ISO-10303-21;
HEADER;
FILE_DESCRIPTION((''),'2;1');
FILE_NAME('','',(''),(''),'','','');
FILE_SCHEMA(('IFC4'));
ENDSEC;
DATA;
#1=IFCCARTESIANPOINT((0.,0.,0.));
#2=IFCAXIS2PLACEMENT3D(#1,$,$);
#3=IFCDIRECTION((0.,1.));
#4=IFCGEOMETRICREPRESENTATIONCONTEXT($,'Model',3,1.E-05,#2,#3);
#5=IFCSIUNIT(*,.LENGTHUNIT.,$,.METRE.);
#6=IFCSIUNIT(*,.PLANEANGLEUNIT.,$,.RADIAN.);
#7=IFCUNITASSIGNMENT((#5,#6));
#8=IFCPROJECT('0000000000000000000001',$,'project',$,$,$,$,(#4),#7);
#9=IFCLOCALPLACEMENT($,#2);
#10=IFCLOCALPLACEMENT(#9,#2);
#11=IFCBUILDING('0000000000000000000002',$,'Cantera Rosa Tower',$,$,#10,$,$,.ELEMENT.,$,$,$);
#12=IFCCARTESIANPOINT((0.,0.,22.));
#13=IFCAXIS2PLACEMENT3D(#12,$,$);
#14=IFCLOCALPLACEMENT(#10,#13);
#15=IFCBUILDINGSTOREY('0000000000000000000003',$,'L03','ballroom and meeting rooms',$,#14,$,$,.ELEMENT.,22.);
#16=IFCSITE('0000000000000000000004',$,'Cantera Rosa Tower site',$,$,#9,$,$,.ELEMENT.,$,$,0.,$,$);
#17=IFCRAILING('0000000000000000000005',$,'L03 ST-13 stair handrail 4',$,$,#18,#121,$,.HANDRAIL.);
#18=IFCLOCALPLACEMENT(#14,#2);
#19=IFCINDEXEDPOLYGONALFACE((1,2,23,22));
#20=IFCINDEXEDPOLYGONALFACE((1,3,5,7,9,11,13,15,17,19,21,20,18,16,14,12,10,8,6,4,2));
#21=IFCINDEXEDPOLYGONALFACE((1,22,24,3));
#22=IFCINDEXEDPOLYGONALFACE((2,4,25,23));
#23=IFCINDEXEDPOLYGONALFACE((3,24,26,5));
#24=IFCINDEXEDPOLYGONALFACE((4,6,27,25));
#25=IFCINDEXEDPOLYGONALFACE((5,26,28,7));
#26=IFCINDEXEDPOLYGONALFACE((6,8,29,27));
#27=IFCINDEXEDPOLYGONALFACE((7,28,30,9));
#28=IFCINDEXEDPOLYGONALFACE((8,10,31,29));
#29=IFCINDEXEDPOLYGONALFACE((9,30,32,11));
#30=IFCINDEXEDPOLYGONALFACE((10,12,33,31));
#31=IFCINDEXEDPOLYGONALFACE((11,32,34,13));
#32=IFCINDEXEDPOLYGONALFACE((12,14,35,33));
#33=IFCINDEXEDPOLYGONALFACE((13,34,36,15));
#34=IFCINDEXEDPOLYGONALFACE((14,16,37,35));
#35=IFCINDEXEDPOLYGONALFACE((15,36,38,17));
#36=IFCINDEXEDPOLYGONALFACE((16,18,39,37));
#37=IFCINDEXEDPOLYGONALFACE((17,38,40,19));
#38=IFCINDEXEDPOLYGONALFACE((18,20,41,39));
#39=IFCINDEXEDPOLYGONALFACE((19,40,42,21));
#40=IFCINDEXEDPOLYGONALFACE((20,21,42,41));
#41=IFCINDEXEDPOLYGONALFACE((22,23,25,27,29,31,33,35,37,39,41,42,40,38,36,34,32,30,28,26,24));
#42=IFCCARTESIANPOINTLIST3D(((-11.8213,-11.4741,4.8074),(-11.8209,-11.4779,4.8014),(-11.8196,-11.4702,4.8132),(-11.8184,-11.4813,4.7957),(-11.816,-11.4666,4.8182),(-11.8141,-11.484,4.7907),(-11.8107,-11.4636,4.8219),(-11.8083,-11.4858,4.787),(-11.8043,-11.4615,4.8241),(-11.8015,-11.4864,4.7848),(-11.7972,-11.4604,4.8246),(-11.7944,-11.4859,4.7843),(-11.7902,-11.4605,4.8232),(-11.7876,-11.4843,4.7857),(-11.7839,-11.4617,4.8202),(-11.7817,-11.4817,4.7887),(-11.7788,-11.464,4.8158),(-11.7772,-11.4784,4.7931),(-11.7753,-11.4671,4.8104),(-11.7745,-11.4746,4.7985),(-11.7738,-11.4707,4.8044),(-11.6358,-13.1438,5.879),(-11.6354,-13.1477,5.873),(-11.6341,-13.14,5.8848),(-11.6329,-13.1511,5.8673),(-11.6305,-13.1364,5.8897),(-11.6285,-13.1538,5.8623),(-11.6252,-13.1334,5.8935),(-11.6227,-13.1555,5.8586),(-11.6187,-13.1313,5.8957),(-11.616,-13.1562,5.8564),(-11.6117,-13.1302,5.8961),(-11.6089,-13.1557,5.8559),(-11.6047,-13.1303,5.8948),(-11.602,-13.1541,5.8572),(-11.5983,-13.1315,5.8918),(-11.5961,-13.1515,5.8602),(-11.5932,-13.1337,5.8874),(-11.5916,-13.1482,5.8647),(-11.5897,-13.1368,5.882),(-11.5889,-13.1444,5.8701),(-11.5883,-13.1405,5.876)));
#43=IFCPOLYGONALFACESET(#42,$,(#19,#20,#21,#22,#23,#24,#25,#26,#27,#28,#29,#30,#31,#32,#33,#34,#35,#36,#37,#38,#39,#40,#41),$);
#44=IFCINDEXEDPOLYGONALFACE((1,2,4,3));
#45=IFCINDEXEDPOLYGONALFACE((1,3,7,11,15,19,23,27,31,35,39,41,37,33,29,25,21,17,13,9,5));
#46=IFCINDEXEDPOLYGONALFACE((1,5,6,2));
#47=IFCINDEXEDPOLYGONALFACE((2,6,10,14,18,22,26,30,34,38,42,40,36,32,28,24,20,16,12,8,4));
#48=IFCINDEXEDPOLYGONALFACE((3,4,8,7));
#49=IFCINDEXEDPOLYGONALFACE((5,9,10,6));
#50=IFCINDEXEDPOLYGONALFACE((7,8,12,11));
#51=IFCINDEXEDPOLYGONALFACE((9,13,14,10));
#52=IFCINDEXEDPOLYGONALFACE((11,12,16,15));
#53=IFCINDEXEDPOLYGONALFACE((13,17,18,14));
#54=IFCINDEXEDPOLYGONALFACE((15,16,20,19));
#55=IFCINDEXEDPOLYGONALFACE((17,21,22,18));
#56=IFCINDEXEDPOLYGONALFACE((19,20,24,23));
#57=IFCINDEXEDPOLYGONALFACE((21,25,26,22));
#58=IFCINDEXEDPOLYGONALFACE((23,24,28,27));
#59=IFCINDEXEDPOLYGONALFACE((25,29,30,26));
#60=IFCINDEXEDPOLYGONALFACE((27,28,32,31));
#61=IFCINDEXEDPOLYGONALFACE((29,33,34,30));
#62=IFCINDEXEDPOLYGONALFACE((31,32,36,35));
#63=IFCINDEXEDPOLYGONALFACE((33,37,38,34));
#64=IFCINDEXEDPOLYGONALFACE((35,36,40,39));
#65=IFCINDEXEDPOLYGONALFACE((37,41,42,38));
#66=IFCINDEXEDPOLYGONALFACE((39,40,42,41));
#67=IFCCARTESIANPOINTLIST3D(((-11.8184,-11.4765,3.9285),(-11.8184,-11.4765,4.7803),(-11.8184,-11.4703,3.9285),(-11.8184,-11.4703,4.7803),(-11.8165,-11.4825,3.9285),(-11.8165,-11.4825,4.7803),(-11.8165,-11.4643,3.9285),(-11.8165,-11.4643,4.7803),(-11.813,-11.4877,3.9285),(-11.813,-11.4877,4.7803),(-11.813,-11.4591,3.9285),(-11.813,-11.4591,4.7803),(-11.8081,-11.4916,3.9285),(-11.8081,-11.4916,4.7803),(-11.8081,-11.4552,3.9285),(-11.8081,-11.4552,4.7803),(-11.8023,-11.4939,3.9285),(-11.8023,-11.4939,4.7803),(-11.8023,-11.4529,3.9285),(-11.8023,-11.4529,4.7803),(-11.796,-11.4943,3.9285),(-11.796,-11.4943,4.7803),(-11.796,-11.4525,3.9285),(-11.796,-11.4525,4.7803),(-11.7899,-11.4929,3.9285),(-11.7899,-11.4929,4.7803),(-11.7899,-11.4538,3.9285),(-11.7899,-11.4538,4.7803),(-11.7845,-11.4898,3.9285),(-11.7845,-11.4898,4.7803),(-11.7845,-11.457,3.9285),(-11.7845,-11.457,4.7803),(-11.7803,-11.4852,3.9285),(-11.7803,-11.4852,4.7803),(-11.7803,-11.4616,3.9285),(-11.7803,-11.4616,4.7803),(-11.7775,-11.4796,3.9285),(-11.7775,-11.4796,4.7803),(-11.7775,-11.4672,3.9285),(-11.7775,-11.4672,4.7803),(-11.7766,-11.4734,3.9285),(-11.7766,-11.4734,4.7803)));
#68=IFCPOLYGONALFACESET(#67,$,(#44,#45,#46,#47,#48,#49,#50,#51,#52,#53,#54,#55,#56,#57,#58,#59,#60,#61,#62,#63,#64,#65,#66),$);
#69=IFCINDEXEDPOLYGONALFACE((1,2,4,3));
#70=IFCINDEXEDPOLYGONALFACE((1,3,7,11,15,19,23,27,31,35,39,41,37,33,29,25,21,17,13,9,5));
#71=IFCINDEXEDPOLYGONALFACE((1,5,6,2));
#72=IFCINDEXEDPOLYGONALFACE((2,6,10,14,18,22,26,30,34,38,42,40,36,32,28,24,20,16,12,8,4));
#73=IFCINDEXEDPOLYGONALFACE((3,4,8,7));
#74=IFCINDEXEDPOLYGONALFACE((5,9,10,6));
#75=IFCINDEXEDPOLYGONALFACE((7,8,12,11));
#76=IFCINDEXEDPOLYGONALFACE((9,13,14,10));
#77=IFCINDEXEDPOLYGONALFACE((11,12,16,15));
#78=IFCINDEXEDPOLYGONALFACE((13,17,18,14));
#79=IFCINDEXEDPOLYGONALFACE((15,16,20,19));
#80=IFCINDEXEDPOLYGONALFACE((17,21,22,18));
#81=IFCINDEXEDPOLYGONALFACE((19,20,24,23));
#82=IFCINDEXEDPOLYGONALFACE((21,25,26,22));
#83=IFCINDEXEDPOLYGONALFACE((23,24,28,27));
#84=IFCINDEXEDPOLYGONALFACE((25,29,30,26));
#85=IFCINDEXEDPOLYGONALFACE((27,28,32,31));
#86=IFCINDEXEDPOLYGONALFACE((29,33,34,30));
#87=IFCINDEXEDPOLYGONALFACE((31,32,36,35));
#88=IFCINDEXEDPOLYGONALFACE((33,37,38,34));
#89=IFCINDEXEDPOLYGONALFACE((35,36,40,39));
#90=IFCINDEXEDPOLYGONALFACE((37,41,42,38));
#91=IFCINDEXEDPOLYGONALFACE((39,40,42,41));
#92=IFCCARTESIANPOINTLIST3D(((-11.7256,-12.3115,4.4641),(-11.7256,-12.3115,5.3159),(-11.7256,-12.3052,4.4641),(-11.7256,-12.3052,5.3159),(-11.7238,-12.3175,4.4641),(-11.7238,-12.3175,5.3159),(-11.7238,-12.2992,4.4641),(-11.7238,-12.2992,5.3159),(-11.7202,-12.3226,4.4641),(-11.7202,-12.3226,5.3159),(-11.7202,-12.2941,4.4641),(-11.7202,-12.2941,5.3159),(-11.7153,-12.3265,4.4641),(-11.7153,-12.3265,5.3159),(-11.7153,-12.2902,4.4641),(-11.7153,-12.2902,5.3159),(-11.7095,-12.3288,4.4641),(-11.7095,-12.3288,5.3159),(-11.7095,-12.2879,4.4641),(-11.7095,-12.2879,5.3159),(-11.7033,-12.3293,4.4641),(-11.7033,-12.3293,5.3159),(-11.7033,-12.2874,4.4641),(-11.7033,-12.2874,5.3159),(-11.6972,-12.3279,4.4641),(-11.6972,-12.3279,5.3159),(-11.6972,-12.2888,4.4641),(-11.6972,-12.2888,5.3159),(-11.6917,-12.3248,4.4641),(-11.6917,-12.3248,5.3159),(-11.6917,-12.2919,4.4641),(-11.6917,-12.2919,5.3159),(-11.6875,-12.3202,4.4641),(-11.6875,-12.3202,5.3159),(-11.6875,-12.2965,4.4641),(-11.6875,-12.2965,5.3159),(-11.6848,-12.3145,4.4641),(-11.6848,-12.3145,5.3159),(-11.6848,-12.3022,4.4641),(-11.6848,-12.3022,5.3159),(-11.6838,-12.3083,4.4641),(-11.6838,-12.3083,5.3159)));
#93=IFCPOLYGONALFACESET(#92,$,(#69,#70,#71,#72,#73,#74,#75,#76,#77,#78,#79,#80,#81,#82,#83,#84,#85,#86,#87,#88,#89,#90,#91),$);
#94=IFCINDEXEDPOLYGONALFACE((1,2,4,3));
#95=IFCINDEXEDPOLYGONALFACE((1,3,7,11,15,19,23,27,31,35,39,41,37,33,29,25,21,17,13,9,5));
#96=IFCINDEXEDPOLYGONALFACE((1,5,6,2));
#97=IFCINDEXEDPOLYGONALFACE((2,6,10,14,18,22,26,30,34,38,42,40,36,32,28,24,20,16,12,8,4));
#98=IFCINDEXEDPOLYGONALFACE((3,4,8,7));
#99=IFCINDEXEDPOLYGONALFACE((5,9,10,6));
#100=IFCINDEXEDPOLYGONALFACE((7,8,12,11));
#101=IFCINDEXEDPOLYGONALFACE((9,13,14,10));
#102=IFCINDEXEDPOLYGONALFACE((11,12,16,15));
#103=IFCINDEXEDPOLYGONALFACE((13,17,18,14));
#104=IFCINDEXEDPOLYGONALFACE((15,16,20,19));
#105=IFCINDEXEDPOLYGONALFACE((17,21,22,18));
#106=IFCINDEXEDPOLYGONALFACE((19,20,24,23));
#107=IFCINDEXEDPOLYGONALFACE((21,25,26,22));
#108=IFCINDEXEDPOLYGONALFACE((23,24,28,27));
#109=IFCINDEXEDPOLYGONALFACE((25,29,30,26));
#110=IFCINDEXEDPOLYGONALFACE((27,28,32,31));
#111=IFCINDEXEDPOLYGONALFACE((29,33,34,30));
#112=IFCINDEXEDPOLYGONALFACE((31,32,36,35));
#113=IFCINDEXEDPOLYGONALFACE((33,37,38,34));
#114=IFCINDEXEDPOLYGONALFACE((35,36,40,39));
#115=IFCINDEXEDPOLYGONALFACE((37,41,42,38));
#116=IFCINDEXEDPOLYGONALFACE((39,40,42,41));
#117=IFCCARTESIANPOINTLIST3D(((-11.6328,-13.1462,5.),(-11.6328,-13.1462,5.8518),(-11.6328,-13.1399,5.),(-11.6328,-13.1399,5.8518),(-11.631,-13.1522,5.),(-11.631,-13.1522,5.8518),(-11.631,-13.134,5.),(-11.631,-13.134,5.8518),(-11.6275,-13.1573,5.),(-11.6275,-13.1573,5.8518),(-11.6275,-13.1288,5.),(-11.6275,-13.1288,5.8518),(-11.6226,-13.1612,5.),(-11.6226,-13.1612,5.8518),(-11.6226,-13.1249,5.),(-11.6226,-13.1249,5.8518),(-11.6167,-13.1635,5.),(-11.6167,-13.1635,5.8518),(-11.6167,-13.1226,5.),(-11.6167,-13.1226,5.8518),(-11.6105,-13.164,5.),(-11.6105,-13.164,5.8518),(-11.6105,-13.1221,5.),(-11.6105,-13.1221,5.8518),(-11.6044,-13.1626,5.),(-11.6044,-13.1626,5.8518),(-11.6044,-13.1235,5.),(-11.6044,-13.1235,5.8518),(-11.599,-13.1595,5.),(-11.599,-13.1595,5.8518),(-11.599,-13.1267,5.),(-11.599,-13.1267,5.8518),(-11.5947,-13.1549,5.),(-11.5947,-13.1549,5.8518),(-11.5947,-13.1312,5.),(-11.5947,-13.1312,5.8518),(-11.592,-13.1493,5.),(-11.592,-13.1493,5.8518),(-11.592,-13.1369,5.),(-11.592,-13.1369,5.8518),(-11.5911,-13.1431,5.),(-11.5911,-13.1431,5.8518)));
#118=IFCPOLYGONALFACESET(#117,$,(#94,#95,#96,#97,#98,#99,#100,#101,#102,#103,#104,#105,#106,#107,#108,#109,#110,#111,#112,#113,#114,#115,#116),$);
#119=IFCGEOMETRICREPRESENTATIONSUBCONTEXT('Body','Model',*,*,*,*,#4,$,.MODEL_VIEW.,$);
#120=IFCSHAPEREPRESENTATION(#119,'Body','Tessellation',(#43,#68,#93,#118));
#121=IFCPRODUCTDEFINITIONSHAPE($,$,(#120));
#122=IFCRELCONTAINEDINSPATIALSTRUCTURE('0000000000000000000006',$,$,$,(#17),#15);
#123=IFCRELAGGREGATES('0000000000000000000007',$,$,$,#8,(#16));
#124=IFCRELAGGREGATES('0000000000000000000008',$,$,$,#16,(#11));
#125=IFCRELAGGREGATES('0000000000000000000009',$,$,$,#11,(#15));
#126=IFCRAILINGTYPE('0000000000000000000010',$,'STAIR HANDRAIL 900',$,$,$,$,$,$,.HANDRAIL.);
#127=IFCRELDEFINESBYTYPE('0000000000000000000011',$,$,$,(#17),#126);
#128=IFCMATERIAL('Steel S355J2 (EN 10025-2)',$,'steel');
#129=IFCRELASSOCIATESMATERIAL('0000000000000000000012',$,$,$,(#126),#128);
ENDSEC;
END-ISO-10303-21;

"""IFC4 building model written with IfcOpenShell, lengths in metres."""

from ifc_helpers import new_model, si_unit, direction, frame, origin, origin_2d, place, context, subcontext, project, spatial, circle, extrude, material, type_object, element, save


model = new_model("IFC4")

# Units and contexts
model_context = context("Model", 3, precision=1e-05, world=origin(), true_north=direction((0.0, 1.0)))
body_context = subcontext(model_context, "Body", "Model", "MODEL_VIEW")
ifc_project = project(units=[si_unit("LENGTHUNIT", "METRE"), si_unit("PLANEANGLEUNIT", "RADIAN")], contexts=[model_context])

# Site, building, storey
site_placement = place(None, origin())
site = spatial("IfcSite", under=ifc_project, at=site_placement, Name="Cantera Rosa Tower site", CompositionType="ELEMENT", RefElevation=0.0)
building_placement = place(site_placement, origin())
building = spatial("IfcBuilding", under=site, at=building_placement, Name="Cantera Rosa Tower", CompositionType="ELEMENT")
storey_placement = place(building_placement, frame((0.0, 0.0, 22.0)))
storey = spatial("IfcBuildingStorey", under=building, at=storey_placement, Name="L03", Description="ballroom and meeting rooms", CompositionType="ELEMENT", Elevation=22.0)

# Railing
ifc_material_1 = material(Name="Steel S355J2 (EN 10025-2)", Category="steel")
railing_type_1 = type_object("IfcRailingType", Name="STAIR HANDRAIL 900", PredefinedType="HANDRAIL", material=ifc_material_1)
railing_1_placement = place(storey_placement, frame((-11.7976, -11.4734, 3.9285)))
element("IfcRailing", 1, at=railing_1_placement, inside=storey, type_object=railing_type_1, Name="L03 ST-13 stair handrail 4", PredefinedType="HANDRAIL", context=body_context, shape_type="SweptSolid", body=[
    extrude(circle(Radius=0.0239, at=origin_2d()), frame((0.0, 0.0, 0.876), z_axis=(0.093118, -0.837941, 0.537758), x_axis=(0.993882, 0.110447, 0.0)), (0.0, 0.0, 1.0), 1.9927),
    extrude(circle(Radius=0.021, at=origin_2d()), origin(), (0.0, 0.0, 1.0), 0.8518),
    extrude(circle(Radius=0.021, at=origin_2d()), frame((0.0928, -0.835, 0.5356)), (0.0, 0.0, 1.0), 0.8518),
    extrude(circle(Radius=0.021, at=origin_2d()), frame((0.1855, -1.6697, 1.0715)), (0.0, 0.0, 1.0), 0.8518),
])

save(model, "model.ifc")
